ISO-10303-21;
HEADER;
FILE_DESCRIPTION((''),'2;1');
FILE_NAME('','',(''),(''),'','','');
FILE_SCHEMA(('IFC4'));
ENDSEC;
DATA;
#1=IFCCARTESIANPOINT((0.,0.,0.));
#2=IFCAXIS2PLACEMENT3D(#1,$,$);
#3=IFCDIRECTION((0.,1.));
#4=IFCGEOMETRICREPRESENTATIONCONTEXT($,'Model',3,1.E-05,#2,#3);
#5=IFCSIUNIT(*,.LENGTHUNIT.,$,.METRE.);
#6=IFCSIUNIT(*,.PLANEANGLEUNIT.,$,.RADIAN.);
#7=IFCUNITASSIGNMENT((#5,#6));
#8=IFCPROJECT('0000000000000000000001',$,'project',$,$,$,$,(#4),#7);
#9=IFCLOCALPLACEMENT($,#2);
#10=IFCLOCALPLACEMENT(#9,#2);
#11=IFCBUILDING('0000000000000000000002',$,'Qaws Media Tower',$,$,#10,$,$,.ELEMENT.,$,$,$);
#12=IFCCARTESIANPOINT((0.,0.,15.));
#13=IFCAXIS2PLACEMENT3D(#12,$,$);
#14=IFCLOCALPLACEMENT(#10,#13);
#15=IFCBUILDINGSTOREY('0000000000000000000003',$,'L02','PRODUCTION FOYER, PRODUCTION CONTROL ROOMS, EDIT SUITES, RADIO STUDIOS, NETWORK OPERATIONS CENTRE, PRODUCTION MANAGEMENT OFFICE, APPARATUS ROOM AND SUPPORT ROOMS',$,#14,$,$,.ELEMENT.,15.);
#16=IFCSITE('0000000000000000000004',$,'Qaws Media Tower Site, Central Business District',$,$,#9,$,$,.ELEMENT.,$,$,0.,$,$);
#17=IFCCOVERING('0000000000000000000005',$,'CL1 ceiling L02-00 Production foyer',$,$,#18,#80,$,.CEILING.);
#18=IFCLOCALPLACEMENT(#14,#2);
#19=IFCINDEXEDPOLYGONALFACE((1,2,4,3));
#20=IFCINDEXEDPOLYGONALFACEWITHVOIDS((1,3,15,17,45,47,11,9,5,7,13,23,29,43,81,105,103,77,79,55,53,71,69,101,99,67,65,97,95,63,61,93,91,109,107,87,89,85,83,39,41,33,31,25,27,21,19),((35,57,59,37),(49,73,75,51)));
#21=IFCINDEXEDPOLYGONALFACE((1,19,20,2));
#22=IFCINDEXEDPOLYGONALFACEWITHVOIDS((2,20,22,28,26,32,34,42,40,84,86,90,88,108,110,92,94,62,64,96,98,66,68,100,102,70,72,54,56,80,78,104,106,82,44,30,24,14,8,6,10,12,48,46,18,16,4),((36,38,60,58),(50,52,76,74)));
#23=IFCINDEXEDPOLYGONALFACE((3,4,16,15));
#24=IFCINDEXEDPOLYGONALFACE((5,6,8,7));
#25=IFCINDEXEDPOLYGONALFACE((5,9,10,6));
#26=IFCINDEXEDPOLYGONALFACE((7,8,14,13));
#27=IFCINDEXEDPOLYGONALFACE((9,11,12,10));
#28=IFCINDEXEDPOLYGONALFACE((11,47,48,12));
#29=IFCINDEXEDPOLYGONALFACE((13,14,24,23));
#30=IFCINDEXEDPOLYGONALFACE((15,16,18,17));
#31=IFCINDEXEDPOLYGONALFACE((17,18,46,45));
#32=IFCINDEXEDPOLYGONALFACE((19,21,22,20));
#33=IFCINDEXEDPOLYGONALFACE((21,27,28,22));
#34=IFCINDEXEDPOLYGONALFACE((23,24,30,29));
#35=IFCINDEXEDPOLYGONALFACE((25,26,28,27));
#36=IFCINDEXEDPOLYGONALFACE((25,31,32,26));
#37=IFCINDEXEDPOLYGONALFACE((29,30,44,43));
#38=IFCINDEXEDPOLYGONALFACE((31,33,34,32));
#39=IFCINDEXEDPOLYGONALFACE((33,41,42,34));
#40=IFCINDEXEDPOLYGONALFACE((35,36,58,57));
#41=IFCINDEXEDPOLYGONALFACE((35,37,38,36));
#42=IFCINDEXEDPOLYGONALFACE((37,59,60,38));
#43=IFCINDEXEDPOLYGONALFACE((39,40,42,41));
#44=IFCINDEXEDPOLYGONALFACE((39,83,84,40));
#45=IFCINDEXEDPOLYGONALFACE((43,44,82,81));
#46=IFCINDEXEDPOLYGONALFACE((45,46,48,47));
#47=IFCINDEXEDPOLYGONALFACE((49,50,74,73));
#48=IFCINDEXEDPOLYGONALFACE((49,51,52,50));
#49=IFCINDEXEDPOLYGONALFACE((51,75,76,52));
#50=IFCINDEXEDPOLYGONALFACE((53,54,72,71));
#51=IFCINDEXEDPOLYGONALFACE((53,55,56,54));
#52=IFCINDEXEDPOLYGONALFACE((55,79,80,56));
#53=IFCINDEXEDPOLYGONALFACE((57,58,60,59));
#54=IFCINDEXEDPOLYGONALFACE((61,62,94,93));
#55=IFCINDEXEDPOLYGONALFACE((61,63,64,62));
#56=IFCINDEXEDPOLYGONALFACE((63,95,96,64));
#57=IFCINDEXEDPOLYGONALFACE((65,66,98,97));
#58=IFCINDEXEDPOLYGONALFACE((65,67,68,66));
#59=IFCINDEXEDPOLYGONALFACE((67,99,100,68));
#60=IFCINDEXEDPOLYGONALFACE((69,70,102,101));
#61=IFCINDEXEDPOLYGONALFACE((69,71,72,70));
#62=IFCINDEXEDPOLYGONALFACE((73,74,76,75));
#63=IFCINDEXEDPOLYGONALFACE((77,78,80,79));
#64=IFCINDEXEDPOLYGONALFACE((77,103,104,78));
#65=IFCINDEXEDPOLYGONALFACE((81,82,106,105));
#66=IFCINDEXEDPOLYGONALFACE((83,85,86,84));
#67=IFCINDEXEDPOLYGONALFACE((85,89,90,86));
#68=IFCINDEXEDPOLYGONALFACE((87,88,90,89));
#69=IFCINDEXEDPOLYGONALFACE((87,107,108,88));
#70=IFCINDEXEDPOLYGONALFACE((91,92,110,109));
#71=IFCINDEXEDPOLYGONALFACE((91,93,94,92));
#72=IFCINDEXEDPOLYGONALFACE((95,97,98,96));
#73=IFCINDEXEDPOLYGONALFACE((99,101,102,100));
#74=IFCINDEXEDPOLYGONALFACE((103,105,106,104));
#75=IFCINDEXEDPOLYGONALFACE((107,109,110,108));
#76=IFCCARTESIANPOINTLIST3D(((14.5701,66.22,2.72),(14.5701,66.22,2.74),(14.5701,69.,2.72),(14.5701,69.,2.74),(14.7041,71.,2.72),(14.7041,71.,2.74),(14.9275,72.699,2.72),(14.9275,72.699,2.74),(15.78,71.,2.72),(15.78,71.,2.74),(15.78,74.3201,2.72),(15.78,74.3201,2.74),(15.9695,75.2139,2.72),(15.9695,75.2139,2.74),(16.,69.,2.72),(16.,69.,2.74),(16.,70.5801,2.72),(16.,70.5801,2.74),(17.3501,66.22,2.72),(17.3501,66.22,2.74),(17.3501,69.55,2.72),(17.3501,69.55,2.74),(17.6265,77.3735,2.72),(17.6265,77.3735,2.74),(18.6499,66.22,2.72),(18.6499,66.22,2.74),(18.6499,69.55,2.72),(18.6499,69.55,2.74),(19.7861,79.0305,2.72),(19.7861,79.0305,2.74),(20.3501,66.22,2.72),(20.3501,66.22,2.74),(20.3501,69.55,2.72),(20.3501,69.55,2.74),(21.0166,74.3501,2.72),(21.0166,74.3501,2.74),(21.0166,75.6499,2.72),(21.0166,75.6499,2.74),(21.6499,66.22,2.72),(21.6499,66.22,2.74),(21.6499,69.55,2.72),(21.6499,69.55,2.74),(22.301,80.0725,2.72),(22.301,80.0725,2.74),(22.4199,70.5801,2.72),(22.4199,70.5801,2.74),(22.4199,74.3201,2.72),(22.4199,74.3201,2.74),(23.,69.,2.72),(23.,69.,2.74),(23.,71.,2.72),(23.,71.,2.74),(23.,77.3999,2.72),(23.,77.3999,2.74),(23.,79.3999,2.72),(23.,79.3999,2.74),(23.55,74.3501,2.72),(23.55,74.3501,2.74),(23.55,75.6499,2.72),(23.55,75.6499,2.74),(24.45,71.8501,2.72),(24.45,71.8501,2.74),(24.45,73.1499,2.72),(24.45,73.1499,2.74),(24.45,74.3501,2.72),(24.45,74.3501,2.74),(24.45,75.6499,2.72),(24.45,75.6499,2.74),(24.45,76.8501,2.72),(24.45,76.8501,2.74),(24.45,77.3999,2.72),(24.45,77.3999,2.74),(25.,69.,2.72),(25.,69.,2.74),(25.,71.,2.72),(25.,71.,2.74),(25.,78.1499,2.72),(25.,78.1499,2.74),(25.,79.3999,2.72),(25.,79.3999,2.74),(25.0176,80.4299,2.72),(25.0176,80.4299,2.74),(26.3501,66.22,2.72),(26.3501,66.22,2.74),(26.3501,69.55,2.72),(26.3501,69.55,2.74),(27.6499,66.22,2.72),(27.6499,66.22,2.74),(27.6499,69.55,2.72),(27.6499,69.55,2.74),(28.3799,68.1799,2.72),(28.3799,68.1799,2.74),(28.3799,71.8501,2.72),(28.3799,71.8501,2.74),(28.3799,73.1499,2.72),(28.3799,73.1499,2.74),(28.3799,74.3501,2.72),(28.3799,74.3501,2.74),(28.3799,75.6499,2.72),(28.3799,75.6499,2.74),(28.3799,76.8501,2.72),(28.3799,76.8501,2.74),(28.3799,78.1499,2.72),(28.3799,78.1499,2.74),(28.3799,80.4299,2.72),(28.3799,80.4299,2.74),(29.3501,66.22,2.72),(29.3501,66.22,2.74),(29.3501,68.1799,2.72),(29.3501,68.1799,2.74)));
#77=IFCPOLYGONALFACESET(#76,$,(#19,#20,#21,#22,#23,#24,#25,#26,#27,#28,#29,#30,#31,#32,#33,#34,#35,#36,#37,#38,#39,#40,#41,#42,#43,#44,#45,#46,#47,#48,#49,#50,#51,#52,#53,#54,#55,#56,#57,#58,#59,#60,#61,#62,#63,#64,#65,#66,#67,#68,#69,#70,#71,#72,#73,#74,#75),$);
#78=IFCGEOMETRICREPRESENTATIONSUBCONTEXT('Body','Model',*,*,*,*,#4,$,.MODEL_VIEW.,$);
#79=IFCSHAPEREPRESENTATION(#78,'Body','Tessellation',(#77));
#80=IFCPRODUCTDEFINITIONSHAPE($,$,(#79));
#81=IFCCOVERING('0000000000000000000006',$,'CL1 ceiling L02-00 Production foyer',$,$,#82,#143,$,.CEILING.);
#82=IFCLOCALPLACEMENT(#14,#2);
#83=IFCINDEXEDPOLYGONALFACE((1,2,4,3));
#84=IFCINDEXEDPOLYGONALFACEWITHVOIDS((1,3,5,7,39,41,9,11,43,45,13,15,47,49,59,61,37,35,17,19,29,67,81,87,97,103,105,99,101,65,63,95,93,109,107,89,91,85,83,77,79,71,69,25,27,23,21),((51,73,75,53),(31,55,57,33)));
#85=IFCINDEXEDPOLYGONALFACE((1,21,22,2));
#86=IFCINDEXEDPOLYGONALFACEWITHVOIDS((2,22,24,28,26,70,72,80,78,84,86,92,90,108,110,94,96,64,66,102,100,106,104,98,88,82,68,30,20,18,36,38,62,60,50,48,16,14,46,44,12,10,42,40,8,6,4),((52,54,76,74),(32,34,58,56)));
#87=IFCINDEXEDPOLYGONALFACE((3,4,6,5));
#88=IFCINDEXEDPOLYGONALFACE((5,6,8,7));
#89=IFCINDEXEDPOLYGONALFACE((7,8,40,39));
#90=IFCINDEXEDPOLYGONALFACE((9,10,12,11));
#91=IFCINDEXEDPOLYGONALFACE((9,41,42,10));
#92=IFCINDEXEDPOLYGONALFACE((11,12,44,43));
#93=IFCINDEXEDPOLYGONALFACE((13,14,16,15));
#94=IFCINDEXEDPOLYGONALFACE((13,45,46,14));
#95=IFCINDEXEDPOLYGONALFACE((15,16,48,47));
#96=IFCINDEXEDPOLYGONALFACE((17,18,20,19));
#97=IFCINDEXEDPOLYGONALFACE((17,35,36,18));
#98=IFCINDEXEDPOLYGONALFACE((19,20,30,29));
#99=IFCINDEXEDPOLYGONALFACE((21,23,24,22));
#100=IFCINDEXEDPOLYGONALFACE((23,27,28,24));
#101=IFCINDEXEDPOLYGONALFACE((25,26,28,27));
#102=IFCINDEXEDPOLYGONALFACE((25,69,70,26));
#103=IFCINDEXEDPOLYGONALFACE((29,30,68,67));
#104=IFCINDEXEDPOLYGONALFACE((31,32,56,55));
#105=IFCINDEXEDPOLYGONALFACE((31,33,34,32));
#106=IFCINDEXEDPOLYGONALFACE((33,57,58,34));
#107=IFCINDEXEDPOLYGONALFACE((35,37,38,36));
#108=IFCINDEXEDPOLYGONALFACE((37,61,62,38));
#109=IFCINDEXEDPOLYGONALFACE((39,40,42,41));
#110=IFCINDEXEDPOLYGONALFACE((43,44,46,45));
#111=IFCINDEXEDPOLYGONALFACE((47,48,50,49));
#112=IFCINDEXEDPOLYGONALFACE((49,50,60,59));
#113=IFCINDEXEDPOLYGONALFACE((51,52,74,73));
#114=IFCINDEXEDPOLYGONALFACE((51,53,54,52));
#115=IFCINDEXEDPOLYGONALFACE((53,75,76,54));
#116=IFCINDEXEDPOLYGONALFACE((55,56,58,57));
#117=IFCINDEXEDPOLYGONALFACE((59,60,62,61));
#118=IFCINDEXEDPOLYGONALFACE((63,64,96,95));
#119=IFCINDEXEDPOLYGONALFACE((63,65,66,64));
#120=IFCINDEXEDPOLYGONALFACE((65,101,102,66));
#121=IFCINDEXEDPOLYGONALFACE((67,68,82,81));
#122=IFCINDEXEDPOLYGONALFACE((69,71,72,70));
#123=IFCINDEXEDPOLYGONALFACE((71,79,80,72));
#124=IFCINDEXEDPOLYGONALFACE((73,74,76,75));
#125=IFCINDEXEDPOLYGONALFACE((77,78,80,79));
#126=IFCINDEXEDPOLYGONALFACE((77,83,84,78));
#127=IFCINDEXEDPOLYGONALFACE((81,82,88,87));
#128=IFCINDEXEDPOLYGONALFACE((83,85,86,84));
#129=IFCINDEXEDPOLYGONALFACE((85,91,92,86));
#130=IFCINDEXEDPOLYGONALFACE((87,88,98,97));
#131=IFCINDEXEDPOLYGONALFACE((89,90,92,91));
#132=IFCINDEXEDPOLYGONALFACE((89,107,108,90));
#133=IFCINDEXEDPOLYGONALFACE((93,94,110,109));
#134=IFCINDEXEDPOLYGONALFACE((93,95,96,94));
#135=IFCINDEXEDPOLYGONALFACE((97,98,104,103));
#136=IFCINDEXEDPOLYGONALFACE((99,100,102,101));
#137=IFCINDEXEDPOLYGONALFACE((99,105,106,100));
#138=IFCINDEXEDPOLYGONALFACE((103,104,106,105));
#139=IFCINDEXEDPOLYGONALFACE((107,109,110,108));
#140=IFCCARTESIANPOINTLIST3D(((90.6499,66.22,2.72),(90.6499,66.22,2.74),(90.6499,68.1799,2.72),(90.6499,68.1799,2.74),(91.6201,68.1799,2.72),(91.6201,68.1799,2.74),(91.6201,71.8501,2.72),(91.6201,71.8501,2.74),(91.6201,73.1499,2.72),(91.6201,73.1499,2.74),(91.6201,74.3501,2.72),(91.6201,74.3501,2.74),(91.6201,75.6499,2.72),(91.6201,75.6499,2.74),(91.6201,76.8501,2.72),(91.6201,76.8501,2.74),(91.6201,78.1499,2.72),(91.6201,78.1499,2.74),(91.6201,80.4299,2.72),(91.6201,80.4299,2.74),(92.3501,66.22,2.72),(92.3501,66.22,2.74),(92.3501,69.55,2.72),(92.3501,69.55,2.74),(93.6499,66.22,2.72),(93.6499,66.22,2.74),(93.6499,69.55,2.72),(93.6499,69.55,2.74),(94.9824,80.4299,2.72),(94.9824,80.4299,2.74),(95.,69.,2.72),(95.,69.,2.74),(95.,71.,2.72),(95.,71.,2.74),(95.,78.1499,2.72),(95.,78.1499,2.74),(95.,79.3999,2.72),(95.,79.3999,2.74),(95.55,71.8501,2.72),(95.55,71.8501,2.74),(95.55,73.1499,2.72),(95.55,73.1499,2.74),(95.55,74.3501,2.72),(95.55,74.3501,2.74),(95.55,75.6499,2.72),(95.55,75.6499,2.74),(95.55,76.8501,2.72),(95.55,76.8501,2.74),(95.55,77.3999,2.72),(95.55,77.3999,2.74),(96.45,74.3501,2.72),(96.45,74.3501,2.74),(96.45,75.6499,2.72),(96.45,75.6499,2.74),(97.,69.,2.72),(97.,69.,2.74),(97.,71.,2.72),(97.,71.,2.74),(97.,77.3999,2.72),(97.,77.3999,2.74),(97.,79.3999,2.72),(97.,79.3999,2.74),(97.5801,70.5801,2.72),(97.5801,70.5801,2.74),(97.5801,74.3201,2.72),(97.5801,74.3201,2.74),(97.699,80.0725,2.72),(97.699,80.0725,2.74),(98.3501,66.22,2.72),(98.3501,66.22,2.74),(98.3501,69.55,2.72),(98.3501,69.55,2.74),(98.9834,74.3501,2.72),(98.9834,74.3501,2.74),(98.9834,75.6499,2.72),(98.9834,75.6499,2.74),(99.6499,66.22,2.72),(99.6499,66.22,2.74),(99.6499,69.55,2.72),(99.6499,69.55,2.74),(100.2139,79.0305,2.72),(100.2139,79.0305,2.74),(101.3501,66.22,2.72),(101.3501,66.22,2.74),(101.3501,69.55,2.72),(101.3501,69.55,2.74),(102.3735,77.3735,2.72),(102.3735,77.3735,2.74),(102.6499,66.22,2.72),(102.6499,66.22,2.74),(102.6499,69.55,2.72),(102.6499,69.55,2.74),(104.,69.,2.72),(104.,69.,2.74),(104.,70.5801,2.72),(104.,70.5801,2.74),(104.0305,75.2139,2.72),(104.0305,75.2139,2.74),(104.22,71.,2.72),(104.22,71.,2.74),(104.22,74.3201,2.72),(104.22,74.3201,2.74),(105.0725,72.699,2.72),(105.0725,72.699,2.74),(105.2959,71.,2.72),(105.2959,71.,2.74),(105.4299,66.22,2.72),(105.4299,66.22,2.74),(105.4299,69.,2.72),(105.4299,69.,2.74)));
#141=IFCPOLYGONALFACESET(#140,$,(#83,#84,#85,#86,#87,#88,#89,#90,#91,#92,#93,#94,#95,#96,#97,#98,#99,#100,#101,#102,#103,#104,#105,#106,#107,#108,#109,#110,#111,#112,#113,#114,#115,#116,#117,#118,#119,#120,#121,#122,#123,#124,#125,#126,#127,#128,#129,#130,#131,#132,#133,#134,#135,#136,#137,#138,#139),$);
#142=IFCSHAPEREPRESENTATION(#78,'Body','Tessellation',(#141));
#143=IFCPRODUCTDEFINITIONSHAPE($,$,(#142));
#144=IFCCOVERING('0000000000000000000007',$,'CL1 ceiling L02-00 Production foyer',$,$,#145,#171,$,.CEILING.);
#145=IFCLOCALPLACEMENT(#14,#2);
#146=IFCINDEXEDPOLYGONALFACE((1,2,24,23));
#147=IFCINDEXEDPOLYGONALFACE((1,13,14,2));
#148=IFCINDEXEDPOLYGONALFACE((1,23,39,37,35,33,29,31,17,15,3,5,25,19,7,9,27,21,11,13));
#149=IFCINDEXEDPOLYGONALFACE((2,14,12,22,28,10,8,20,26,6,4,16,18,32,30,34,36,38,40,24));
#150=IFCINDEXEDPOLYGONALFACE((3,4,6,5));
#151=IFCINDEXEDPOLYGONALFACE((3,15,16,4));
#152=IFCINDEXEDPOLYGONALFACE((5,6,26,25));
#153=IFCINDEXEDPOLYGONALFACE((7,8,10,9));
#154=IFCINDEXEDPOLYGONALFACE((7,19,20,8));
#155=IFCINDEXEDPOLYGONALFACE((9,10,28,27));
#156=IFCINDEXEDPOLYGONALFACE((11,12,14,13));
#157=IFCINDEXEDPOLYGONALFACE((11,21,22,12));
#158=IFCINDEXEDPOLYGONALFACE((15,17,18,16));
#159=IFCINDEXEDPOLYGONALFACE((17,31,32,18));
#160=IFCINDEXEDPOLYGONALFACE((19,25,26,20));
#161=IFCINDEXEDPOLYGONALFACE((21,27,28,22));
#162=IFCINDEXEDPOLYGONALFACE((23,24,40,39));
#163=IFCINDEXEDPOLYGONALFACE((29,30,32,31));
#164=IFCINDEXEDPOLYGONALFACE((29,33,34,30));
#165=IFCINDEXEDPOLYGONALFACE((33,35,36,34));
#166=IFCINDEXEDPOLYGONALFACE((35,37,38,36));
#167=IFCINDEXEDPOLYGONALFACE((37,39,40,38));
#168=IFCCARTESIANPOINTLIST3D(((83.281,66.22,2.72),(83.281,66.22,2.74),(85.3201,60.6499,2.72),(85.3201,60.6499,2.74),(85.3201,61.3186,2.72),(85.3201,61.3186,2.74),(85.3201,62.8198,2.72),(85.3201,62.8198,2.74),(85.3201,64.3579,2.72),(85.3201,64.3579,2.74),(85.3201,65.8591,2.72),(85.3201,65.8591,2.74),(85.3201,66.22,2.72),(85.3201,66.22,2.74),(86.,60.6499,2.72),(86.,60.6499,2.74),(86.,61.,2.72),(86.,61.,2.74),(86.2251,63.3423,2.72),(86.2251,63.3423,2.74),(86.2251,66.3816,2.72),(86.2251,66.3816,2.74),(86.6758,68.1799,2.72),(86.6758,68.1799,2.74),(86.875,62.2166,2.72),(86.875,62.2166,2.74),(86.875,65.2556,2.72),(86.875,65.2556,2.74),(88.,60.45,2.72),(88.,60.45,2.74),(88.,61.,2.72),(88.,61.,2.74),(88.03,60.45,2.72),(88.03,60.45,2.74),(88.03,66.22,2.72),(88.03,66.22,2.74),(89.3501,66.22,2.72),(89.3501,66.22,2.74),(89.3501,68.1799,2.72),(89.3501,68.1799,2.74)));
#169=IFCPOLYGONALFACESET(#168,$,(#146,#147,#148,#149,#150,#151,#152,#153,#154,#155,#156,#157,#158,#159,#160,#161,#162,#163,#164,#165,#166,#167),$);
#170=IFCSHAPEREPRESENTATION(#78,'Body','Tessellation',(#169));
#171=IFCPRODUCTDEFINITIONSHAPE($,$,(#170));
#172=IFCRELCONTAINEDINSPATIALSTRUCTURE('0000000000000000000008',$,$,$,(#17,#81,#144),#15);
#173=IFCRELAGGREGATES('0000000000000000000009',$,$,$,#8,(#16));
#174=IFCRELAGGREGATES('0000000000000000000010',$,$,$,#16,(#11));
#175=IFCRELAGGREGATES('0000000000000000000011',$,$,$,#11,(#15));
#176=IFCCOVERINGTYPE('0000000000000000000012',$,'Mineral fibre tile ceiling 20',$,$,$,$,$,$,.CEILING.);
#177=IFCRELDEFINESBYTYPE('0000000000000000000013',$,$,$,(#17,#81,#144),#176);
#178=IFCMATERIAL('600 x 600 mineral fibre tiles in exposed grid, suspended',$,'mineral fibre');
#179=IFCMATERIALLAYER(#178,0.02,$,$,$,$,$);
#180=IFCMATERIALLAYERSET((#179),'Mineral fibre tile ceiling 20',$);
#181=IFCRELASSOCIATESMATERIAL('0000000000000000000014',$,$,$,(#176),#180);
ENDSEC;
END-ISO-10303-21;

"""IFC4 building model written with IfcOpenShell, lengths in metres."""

from ifc_helpers import new_model, si_unit, direction, frame, origin, place, context, subcontext, project, spatial, polyline, outline, extrude, material, layer, layer_set, type_object, element, save


model = new_model("IFC4")

# Units and contexts
model_context = context("Model", 3, precision=1e-05, world=origin(), true_north=direction((0.0, 1.0)))
body_context = subcontext(model_context, "Body", "Model", "MODEL_VIEW")
ifc_project = project(units=[si_unit("LENGTHUNIT", "METRE"), si_unit("PLANEANGLEUNIT", "RADIAN")], contexts=[model_context])

# Site, building, storey
site_placement = place(None, origin())
site = spatial("IfcSite", under=ifc_project, at=site_placement, Name="Qaws Media Tower Site, Central Business District", CompositionType="ELEMENT", RefElevation=0.0)
building_placement = place(site_placement, origin())
building = spatial("IfcBuilding", under=site, at=building_placement, Name="Qaws Media Tower", CompositionType="ELEMENT")
storey_placement = place(building_placement, frame((0.0, 0.0, 15.0)))
storey = spatial("IfcBuildingStorey", under=building, at=storey_placement, Name="L02", Description="PRODUCTION FOYER, PRODUCTION CONTROL ROOMS, EDIT SUITES, RADIO STUDIOS, NETWORK OPERATIONS CENTRE, PRODUCTION MANAGEMENT OFFICE, APPARATUS ROOM AND SUPPORT ROOMS", CompositionType="ELEMENT", Elevation=15.0)

# Coverings
ifc_material_1 = material(Name="600 x 600 mineral fibre tiles in exposed grid, suspended", Category="mineral fibre")
ifc_layer_1 = layer(ifc_material_1, 0.02)
ifc_layer_set_1 = layer_set([ifc_layer_1], Name="Mineral fibre tile ceiling 20")
covering_type = type_object("IfcCoveringType", Name="Mineral fibre tile ceiling 20", PredefinedType="CEILING", material=ifc_layer_set_1)
covering_1_placement = place(storey_placement, frame((0.0, 0.0, 2.72)))
element("IfcCovering", 1, at=covering_1_placement, inside=storey, type_object=covering_type, Name="CL1 ceiling L02-00 Production foyer", PredefinedType="CEILING", context=body_context, shape_type="SweptSolid", body=[
    extrude(outline(polyline([(27.6499, 66.22), (27.6499, 69.55), (26.3501, 69.55), (26.3501, 66.22), (21.6499, 66.22), (21.6499, 69.55), (20.3501, 69.55), (20.3501, 66.22), (18.6499, 66.22), (18.6499, 69.55), (17.3501, 69.55), (17.3501, 66.22), (14.5701, 66.22), (14.5701, 69.0), (16.0, 69.0), (16.0, 70.5801), (22.4199, 70.5801), (22.4199, 74.3201), (15.78, 74.3201), (15.78, 71.0), (14.7041, 71.0), (14.9275, 72.699), (15.9695, 75.2139), (17.6265, 77.3735), (19.7861, 79.0305), (22.301, 80.0725), (25.0176, 80.4299), (28.3799, 80.4299), (28.3799, 78.1499), (25.0, 78.1499), (25.0, 79.3999), (23.0, 79.3999), (23.0, 77.3999), (24.45, 77.3999), (24.45, 76.8501), (28.3799, 76.8501), (28.3799, 75.6499), (24.45, 75.6499), (24.45, 74.3501), (28.3799, 74.3501), (28.3799, 73.1499), (24.45, 73.1499), (24.45, 71.8501), (28.3799, 71.8501), (28.3799, 68.1799), (29.3501, 68.1799), (29.3501, 66.22), (27.6499, 66.22)]), holes=[polyline([(25.0, 69.0), (25.0, 71.0), (23.0, 71.0), (23.0, 69.0), (25.0, 69.0)]), polyline([(21.0166, 75.6499), (21.0166, 74.3501), (23.55, 74.3501), (23.55, 75.6499), (21.0166, 75.6499)])]), origin(), (0.0, 0.0, 1.0), 0.02),
])
covering_2_placement = place(storey_placement, frame((0.0, 0.0, 2.72)))
element("IfcCovering", 2, at=covering_2_placement, inside=storey, type_object=covering_type, Name="CL1 ceiling L02-00 Production foyer", PredefinedType="CEILING", context=body_context, shape_type="SweptSolid", body=[
    extrude(outline(polyline([(91.6201, 68.1799), (91.6201, 71.8501), (95.55, 71.8501), (95.55, 73.1499), (91.6201, 73.1499), (91.6201, 74.3501), (95.55, 74.3501), (95.55, 75.6499), (91.6201, 75.6499), (91.6201, 76.8501), (95.55, 76.8501), (95.55, 77.3999), (97.0, 77.3999), (97.0, 79.3999), (95.0, 79.3999), (95.0, 78.1499), (91.6201, 78.1499), (91.6201, 80.4299), (94.9824, 80.4299), (97.699, 80.0725), (100.2139, 79.0305), (102.3735, 77.3735), (104.0305, 75.2139), (105.0725, 72.699), (105.2959, 71.0), (104.22, 71.0), (104.22, 74.3201), (97.5801, 74.3201), (97.5801, 70.5801), (104.0, 70.5801), (104.0, 69.0), (105.4299, 69.0), (105.4299, 66.22), (102.6499, 66.22), (102.6499, 69.55), (101.3501, 69.55), (101.3501, 66.22), (99.6499, 66.22), (99.6499, 69.55), (98.3501, 69.55), (98.3501, 66.22), (93.6499, 66.22), (93.6499, 69.55), (92.3501, 69.55), (92.3501, 66.22), (90.6499, 66.22), (90.6499, 68.1799), (91.6201, 68.1799)]), holes=[polyline([(97.0, 69.0), (97.0, 71.0), (95.0, 71.0), (95.0, 69.0), (97.0, 69.0)]), polyline([(96.45, 75.6499), (96.45, 74.3501), (98.9834, 74.3501), (98.9834, 75.6499), (96.45, 75.6499)])]), origin(), (0.0, 0.0, 1.0), 0.02),
])
covering_3_placement = place(storey_placement, frame((0.0, 0.0, 2.72)))
element("IfcCovering", 3, at=covering_3_placement, inside=storey, type_object=covering_type, Name="CL1 ceiling L02-00 Production foyer", PredefinedType="CEILING", context=body_context, shape_type="SweptSolid", body=[
    extrude(outline(polyline([(89.3501, 68.1799), (89.3501, 66.22), (88.03, 66.22), (88.03, 60.45), (88.0, 60.45), (88.0, 61.0), (86.0, 61.0), (86.0, 60.6499), (85.3201, 60.6499), (85.3201, 61.3186), (86.875, 62.2166), (86.2251, 63.3423), (85.3201, 62.8198), (85.3201, 64.3579), (86.875, 65.2556), (86.2251, 66.3816), (85.3201, 65.8591), (85.3201, 66.22), (83.281, 66.22), (86.6758, 68.1799), (89.3501, 68.1799)])), origin(), (0.0, 0.0, 1.0), 0.02),
])

save(model, "model.ifc")
